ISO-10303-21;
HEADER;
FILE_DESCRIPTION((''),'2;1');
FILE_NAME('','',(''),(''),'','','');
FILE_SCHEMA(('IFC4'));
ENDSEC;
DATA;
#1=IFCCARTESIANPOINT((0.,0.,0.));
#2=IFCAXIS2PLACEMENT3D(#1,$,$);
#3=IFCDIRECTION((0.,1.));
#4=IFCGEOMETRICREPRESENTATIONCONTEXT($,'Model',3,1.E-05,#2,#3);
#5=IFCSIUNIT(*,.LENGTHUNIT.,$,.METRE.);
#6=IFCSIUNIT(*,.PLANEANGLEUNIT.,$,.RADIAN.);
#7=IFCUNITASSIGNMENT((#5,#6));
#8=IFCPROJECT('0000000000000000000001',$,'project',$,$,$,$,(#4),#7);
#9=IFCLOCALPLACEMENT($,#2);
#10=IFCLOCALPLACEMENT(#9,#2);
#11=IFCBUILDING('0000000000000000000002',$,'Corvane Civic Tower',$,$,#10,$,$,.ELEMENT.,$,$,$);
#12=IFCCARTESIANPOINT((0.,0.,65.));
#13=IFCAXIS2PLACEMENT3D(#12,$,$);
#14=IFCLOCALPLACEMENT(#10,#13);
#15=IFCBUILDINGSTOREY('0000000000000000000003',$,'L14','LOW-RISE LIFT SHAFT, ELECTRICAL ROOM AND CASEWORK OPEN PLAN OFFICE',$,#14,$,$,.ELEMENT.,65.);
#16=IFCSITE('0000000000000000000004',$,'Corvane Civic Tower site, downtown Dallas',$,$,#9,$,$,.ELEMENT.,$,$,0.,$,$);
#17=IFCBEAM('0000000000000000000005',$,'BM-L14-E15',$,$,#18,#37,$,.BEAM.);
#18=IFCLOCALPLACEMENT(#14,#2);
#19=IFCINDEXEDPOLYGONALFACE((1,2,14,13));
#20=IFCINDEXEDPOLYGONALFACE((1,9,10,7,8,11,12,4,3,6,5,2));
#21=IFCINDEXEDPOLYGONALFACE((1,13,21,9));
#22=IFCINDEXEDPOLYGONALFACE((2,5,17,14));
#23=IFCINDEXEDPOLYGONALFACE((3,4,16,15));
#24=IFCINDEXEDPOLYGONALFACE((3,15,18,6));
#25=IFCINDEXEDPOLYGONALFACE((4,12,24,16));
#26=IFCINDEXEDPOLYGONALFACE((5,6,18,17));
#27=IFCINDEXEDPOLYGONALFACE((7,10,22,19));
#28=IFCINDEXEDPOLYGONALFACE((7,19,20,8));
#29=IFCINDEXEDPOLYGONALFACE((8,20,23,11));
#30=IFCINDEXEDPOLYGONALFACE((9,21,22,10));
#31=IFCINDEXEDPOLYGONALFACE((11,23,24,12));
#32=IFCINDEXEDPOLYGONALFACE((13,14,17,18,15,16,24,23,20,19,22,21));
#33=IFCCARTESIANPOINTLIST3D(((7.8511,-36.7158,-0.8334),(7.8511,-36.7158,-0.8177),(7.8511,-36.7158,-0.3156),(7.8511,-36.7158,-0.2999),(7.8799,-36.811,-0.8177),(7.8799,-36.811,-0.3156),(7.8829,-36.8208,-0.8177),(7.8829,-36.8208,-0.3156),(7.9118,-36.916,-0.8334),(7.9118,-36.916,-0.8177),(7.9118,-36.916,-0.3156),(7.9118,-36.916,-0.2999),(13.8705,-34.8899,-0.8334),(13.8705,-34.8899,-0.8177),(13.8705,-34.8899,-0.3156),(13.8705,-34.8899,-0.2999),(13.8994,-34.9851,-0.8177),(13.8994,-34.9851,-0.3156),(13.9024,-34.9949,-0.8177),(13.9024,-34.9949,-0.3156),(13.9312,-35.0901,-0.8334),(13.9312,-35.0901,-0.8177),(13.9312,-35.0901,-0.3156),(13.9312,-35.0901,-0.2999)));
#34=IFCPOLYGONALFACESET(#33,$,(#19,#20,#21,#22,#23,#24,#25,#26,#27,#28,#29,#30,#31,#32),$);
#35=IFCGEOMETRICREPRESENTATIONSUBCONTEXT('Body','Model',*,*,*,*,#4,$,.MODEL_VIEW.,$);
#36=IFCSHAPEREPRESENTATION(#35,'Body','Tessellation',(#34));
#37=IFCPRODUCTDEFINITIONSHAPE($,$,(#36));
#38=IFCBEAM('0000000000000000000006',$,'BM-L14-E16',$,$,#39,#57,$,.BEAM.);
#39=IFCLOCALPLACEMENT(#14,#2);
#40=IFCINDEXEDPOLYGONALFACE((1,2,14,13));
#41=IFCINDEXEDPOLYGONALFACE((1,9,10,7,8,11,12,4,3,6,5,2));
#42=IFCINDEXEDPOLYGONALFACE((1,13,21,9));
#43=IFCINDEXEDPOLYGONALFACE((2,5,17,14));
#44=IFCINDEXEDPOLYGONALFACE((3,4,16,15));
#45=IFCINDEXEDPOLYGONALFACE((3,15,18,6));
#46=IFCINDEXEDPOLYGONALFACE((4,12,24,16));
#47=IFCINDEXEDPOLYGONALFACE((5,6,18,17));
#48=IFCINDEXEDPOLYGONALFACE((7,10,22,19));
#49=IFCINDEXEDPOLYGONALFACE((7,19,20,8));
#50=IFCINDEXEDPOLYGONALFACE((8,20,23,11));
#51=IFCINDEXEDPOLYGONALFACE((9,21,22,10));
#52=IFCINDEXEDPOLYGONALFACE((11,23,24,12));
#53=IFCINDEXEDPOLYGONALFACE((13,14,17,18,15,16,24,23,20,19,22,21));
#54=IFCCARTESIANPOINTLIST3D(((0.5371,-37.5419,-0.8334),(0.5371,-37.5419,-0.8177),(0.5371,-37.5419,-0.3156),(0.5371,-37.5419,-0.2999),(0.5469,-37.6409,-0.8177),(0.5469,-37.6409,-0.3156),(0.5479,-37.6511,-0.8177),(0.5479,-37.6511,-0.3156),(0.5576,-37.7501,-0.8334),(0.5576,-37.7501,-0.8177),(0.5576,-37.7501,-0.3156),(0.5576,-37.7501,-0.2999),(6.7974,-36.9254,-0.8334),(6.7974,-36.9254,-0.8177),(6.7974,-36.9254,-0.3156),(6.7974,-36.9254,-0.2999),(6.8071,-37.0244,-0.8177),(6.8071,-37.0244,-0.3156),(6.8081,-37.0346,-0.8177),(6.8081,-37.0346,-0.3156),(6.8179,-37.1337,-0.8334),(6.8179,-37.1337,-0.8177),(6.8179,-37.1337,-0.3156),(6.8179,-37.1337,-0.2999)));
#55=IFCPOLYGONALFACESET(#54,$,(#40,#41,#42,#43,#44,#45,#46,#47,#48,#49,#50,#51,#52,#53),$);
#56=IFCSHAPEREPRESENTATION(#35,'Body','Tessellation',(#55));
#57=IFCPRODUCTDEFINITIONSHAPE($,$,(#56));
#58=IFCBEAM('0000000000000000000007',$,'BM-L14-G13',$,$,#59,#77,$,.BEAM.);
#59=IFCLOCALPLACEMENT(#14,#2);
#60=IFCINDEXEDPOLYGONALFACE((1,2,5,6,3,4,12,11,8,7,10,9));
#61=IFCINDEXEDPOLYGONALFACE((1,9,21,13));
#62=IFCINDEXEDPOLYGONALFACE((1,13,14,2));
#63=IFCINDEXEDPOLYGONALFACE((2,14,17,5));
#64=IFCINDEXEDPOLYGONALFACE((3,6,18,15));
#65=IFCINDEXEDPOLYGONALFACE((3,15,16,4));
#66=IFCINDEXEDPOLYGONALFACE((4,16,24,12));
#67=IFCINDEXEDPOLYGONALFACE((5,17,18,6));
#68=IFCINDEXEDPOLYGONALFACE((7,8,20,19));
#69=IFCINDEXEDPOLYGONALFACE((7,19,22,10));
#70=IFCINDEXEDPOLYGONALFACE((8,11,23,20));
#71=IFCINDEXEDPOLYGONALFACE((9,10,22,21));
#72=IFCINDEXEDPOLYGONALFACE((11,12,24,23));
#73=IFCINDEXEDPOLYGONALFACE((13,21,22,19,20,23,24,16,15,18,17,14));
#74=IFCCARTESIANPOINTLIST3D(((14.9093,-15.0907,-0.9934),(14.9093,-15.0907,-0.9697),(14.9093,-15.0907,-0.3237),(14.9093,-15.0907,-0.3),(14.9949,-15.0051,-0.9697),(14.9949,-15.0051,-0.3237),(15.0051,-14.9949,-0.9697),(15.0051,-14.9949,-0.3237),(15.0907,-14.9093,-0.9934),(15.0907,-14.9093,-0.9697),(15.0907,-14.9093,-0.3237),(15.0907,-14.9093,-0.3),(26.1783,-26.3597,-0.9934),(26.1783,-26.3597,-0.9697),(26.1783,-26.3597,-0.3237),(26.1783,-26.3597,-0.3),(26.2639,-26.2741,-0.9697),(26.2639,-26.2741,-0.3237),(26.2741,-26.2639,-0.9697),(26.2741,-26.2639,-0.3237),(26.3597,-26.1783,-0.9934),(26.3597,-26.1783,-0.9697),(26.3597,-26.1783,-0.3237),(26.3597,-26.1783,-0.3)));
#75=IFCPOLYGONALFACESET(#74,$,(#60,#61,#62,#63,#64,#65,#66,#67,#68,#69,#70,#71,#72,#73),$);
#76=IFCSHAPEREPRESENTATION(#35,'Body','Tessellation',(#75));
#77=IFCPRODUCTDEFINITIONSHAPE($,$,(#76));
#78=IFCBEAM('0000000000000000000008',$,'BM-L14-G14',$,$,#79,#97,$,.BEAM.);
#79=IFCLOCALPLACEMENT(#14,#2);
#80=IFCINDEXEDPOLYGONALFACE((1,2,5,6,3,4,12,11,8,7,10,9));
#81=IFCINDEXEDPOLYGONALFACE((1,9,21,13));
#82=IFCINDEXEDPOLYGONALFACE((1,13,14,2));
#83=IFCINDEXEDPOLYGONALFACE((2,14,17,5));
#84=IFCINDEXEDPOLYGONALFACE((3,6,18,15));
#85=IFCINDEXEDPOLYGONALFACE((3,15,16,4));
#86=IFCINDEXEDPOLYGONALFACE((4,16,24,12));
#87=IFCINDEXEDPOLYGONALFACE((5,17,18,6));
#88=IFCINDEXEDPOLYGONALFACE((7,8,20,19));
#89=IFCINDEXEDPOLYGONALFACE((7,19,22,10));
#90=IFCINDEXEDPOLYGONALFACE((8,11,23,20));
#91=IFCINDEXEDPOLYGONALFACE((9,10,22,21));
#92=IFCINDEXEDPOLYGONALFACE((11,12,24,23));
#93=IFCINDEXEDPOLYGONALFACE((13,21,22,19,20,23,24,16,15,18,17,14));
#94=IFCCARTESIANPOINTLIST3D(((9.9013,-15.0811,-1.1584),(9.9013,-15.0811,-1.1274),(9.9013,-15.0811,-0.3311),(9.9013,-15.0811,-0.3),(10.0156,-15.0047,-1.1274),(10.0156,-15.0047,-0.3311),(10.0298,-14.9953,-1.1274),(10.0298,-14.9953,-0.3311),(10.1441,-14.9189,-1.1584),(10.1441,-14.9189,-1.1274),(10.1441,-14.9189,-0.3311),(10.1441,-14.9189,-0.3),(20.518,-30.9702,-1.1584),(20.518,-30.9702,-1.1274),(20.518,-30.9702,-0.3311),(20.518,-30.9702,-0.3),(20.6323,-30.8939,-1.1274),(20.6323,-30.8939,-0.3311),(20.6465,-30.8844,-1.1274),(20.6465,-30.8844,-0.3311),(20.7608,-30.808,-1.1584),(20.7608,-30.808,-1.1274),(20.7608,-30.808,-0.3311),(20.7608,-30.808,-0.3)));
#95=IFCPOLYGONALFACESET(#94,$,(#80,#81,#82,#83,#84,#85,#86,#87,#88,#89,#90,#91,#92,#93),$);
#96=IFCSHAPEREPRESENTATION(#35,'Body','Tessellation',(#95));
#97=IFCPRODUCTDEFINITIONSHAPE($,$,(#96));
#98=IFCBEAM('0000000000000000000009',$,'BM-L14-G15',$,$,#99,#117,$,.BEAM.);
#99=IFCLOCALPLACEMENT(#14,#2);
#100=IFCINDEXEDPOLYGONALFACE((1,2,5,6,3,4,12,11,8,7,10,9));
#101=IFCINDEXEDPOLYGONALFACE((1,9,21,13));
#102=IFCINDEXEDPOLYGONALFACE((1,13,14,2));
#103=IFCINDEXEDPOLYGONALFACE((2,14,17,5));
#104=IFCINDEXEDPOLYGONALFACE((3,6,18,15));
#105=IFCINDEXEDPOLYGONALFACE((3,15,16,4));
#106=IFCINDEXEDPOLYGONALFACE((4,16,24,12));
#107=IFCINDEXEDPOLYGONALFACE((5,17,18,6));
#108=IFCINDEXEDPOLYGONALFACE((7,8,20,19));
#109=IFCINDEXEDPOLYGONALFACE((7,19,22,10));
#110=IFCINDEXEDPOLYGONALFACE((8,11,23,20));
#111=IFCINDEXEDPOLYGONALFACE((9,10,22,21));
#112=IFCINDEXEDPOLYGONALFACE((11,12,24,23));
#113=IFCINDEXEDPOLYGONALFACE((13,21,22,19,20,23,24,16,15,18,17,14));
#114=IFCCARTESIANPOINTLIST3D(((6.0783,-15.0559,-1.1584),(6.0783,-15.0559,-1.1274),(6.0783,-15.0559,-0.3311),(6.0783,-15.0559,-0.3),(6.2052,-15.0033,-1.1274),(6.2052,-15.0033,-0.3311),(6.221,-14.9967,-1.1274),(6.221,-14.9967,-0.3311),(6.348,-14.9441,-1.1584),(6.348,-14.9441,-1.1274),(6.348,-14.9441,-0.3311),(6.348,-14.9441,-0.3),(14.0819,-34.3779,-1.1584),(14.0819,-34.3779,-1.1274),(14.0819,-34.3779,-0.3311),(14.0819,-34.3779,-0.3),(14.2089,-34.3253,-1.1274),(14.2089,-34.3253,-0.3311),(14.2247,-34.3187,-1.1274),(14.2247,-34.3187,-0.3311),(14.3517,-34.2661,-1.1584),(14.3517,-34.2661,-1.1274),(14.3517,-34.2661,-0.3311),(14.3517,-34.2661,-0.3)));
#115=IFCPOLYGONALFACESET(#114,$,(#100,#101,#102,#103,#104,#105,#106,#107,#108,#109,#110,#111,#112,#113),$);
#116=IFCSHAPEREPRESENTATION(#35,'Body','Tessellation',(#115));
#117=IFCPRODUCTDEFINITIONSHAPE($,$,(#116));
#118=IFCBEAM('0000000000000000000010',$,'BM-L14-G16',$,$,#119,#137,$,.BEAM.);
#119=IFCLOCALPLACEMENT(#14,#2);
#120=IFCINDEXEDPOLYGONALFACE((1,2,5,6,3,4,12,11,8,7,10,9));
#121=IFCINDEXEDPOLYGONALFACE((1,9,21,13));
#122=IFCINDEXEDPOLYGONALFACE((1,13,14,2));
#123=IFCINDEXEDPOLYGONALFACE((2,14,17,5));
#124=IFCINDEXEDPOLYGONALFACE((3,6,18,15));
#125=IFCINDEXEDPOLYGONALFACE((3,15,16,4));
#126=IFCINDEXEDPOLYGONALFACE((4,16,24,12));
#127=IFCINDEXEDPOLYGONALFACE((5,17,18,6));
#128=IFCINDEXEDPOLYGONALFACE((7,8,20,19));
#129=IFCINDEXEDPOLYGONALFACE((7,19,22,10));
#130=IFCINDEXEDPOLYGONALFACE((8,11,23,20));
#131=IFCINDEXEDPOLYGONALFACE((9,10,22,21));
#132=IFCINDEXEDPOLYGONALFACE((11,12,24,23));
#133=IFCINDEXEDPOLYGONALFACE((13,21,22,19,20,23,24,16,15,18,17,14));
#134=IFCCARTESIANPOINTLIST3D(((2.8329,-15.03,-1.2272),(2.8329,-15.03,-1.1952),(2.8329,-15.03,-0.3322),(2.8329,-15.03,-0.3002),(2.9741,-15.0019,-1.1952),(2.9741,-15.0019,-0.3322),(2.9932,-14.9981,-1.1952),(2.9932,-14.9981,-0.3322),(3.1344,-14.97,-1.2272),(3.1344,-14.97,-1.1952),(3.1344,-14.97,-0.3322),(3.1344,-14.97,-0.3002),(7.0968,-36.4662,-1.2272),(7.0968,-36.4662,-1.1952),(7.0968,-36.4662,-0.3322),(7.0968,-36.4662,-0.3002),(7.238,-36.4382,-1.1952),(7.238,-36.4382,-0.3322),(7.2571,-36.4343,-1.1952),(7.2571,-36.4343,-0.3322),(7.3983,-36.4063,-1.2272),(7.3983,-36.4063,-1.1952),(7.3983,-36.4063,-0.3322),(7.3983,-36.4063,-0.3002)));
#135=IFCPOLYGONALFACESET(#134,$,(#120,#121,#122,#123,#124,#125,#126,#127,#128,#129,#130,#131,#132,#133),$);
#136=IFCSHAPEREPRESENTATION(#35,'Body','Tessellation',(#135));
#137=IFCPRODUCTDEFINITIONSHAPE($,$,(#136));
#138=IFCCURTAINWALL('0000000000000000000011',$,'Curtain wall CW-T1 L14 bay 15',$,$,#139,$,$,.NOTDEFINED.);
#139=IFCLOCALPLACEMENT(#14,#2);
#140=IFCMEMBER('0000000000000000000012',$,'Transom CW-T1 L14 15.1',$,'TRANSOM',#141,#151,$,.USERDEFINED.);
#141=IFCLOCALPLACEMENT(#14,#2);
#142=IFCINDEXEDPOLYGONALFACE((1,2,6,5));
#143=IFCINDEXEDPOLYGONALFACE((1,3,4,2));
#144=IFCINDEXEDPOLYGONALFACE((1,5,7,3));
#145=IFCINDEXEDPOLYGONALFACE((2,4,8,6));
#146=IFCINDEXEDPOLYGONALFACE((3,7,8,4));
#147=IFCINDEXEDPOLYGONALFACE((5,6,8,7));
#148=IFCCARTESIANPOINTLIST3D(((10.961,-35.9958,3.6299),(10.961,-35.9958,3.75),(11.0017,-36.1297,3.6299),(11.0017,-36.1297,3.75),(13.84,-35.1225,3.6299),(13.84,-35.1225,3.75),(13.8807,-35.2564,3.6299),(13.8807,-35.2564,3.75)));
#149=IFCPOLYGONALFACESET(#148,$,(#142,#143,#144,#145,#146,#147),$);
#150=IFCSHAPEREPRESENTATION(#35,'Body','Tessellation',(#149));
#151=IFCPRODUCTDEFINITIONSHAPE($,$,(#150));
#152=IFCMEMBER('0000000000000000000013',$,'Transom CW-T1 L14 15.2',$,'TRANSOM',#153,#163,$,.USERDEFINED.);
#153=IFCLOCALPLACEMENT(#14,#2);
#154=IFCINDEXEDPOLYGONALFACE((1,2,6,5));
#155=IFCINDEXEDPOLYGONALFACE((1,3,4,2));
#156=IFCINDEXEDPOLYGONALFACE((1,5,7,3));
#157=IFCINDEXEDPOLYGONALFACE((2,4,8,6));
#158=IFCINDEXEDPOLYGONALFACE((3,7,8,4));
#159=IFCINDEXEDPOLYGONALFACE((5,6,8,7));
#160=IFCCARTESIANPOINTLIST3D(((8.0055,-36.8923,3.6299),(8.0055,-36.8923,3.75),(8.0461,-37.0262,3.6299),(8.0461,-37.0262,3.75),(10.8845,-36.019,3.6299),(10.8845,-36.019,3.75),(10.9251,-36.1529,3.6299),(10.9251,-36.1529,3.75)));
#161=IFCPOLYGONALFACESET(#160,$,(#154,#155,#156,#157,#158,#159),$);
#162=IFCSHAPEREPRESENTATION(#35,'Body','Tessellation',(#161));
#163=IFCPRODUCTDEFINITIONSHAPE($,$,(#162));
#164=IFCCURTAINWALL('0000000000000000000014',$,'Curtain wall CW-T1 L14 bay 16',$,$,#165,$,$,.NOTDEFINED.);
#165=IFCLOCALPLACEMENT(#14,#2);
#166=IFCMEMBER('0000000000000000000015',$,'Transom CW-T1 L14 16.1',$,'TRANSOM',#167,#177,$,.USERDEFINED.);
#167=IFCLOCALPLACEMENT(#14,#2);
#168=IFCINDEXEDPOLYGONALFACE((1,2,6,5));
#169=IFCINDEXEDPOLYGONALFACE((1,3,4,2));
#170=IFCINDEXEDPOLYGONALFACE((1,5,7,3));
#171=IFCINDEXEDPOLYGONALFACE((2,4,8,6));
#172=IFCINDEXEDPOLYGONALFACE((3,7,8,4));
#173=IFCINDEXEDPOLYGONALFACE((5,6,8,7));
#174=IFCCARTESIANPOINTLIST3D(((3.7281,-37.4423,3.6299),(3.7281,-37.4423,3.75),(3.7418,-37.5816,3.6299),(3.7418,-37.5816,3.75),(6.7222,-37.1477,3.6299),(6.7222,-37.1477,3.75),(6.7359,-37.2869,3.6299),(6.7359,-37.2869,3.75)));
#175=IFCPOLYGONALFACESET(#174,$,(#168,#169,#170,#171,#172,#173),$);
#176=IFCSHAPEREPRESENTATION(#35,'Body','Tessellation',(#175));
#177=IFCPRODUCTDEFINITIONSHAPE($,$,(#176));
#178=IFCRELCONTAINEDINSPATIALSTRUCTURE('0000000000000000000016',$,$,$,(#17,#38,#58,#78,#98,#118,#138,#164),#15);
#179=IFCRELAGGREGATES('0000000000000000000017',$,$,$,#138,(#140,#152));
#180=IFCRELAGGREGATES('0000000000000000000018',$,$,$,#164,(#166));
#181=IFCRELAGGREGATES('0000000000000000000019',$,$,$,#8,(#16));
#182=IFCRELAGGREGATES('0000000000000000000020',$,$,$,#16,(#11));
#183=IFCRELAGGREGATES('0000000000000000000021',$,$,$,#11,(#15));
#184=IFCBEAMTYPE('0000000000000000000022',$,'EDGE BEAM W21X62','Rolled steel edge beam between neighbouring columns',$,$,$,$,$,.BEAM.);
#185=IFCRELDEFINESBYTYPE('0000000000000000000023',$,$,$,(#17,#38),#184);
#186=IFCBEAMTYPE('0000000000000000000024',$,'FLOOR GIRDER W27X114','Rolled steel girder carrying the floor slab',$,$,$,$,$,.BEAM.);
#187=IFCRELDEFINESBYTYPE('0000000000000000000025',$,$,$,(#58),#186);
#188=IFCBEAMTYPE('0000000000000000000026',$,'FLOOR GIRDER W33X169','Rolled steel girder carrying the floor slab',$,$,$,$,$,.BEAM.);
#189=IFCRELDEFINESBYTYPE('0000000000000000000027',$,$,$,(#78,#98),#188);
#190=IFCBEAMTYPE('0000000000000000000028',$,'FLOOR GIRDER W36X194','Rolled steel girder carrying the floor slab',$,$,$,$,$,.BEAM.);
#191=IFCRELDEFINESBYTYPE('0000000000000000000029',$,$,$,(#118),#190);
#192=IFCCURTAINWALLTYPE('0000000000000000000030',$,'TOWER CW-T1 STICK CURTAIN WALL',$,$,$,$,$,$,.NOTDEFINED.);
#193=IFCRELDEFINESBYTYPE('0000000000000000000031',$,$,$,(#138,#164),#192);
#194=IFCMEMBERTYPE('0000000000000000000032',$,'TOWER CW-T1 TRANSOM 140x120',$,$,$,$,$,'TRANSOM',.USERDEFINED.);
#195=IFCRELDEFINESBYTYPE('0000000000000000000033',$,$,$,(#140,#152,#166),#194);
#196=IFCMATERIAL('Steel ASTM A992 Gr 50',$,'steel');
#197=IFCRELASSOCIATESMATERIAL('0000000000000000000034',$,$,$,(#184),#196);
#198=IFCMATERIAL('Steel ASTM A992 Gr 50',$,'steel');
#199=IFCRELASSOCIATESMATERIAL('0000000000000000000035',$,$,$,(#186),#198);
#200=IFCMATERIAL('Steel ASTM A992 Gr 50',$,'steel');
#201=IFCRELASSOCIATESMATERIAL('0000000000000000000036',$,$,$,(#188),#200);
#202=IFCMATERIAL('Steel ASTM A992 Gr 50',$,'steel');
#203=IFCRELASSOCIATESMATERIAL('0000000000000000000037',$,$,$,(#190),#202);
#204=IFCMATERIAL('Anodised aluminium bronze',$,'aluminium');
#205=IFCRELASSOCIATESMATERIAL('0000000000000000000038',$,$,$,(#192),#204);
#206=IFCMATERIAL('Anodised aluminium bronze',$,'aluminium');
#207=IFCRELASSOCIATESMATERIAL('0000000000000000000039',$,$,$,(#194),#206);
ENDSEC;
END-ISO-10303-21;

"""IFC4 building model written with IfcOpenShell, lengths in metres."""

from ifc_helpers import new_model, si_unit, direction, frame, origin, origin_2d, place, context, subcontext, project, spatial, rectangle, i_section, extrude, material, material_profile, profile_set, type_object, element, aggregate, save


model = new_model("IFC4")

# Units and contexts
model_context = context("Model", 3, precision=1e-05, world=origin(), true_north=direction((0.0, 1.0)))
body_context = subcontext(model_context, "Body", "Model", "MODEL_VIEW")
ifc_project = project(units=[si_unit("LENGTHUNIT", "METRE"), si_unit("PLANEANGLEUNIT", "RADIAN")], contexts=[model_context])

# Site, building, storey
site_placement = place(None, origin())
site = spatial("IfcSite", under=ifc_project, at=site_placement, Name="Corvane Civic Tower site, downtown Dallas", CompositionType="ELEMENT", RefElevation=0.0)
building_placement = place(site_placement, origin())
building = spatial("IfcBuilding", under=site, at=building_placement, Name="Corvane Civic Tower", CompositionType="ELEMENT")
storey_placement = place(building_placement, frame((0.0, 0.0, 65.0)))
storey = spatial("IfcBuildingStorey", under=building, at=storey_placement, Name="L14", Description="LOW-RISE LIFT SHAFT, ELECTRICAL ROOM AND CASEWORK OPEN PLAN OFFICE", CompositionType="ELEMENT", Elevation=65.0)

# Beams
ifc_material_1 = material(Name="Steel ASTM A992 Gr 50", Category="steel")
ifc_material_profile_1 = material_profile(ifc_material_1, i_section(OverallWidth=0.2092, OverallDepth=0.5334, WebThickness=0.0103, FlangeThickness=0.0156, at=origin_2d()), Name="W21X62")
ifc_profile_set_1 = profile_set([ifc_material_profile_1], Name="Steel ASTM A992 Gr 50")
beam_type_1 = type_object("IfcBeamType", Name="EDGE BEAM W21X62", Description="Rolled steel edge beam between neighbouring columns", PredefinedType="BEAM", material=ifc_profile_set_1)
beam_1_placement = place(storey_placement, frame((13.9009, -34.99, -0.5667), z_axis=(-0.956944, -0.290273, 0.0), x_axis=(0.290273, -0.956944, 0.0)))
element("IfcBeam", 1, at=beam_1_placement, inside=storey, type_object=beam_type_1, Name="BM-L14-E15", PredefinedType="BEAM", context=body_context, shape_type="SweptSolid", body=[
    extrude(i_section(OverallWidth=0.2092, OverallDepth=0.5334, WebThickness=0.0103, FlangeThickness=0.0156, at=origin_2d()), origin(), (0.0, 0.0, 1.0), 6.2903),
])
beam_2_placement = place(storey_placement, frame((6.8076, -37.0295, -0.5667), z_axis=(-0.995187, -0.097997, 0.0), x_axis=(0.097997, -0.995187, 0.0)))
element("IfcBeam", 2, at=beam_2_placement, inside=storey, type_object=beam_type_1, Name="BM-L14-E16", PredefinedType="BEAM", context=body_context, shape_type="SweptSolid", body=[
    extrude(i_section(OverallWidth=0.2092, OverallDepth=0.5334, WebThickness=0.0103, FlangeThickness=0.0156, at=origin_2d()), origin(), (0.0, 0.0, 1.0), 6.2905),
])
ifc_material_2 = material(Name="Steel ASTM A992 Gr 50", Category="steel")
ifc_material_profile_2 = material_profile(ifc_material_2, i_section(OverallWidth=0.2566, OverallDepth=0.6934, WebThickness=0.0144, FlangeThickness=0.0237, at=origin_2d()), Name="W27X114")
ifc_profile_set_2 = profile_set([ifc_material_profile_2], Name="Steel ASTM A992 Gr 50")
beam_type_2 = type_object("IfcBeamType", Name="FLOOR GIRDER W27X114", Description="Rolled steel girder carrying the floor slab", PredefinedType="BEAM", material=ifc_profile_set_2)
beam_3_placement = place(storey_placement, frame((15.0, -15.0, -0.6467), z_axis=(0.707107, -0.707107, 0.0), x_axis=(0.707107, 0.707107, 0.0)))
element("IfcBeam", 3, at=beam_3_placement, inside=storey, type_object=beam_type_2, Name="BM-L14-G13", PredefinedType="BEAM", context=body_context, shape_type="SweptSolid", body=[
    extrude(i_section(OverallWidth=0.2566, OverallDepth=0.6934, WebThickness=0.0144, FlangeThickness=0.0237, at=origin_2d()), origin(), (0.0, 0.0, 1.0), 15.9368),
])
ifc_material_3 = material(Name="Steel ASTM A992 Gr 50", Category="steel")
ifc_material_profile_3 = material_profile(ifc_material_3, i_section(OverallWidth=0.292, OverallDepth=0.8584, WebThickness=0.0171, FlangeThickness=0.031, at=origin_2d()), Name="W33X169")
ifc_profile_set_3 = profile_set([ifc_material_profile_3], Name="Steel ASTM A992 Gr 50")
beam_type_3 = type_object("IfcBeamType", Name="FLOOR GIRDER W33X169", Description="Rolled steel girder carrying the floor slab", PredefinedType="BEAM", material=ifc_profile_set_3)
beam_4_placement = place(storey_placement, frame((10.0227, -15.0, -0.7292), z_axis=(0.555567, -0.831472, 0.0), x_axis=(0.831472, 0.555567, 0.0)))
element("IfcBeam", 4, at=beam_4_placement, inside=storey, type_object=beam_type_3, Name="BM-L14-G14", PredefinedType="BEAM", context=body_context, shape_type="SweptSolid", body=[
    extrude(i_section(OverallWidth=0.292, OverallDepth=0.8584, WebThickness=0.0171, FlangeThickness=0.031, at=origin_2d()), origin(), (0.0, 0.0, 1.0), 19.1096),
])
beam_5_placement = place(storey_placement, frame((6.2131, -15.0, -0.7292), z_axis=(0.382692, -0.923876, 0.0), x_axis=(0.923876, 0.382692, 0.0)))
element("IfcBeam", 5, at=beam_5_placement, inside=storey, type_object=beam_type_3, Name="BM-L14-G15", PredefinedType="BEAM", context=body_context, shape_type="SweptSolid", body=[
    extrude(i_section(OverallWidth=0.292, OverallDepth=0.8584, WebThickness=0.0171, FlangeThickness=0.031, at=origin_2d()), origin(), (0.0, 0.0, 1.0), 20.9141),
])
ifc_material_4 = material(Name="Steel ASTM A992 Gr 50", Category="steel")
ifc_material_profile_4 = material_profile(ifc_material_4, i_section(OverallWidth=0.3074, OverallDepth=0.927, WebThickness=0.0195, FlangeThickness=0.032, at=origin_2d()), Name="W36X194")
ifc_profile_set_4 = profile_set([ifc_material_profile_4], Name="Steel ASTM A992 Gr 50")
beam_type_4 = type_object("IfcBeamType", Name="FLOOR GIRDER W36X194", Description="Rolled steel girder carrying the floor slab", PredefinedType="BEAM", material=ifc_profile_set_4)
beam_6_placement = place(storey_placement, frame((2.9836, -15.0, -0.7637), z_axis=(0.195089, -0.980785, 0.0), x_axis=(0.980785, 0.195089, 0.0)))
element("IfcBeam", 6, at=beam_6_placement, inside=storey, type_object=beam_type_4, Name="BM-L14-G16", PredefinedType="BEAM", context=body_context, shape_type="SweptSolid", body=[
    extrude(i_section(OverallWidth=0.3074, OverallDepth=0.927, WebThickness=0.0195, FlangeThickness=0.032, at=origin_2d()), origin(), (0.0, 0.0, 1.0), 21.8562),
])

# Curtain walls, members
ifc_material_5 = material(Name="Anodised aluminium bronze", Category="aluminium")
curtain_wall_type = type_object("IfcCurtainWallType", Name="TOWER CW-T1 STICK CURTAIN WALL", PredefinedType="NOTDEFINED", material=ifc_material_5)
curtain_wall_1_placement = place(storey_placement, origin())
curtain_wall_1 = element("IfcCurtainWall", 7, at=curtain_wall_1_placement, inside=storey, type_object=curtain_wall_type, Name="Curtain wall CW-T1 L14 bay 15", PredefinedType="NOTDEFINED")
ifc_material_6 = material(Name="Anodised aluminium bronze", Category="aluminium")
ifc_material_profile_5 = material_profile(ifc_material_6, rectangle(XDim=0.1399, YDim=0.1201, at=origin_2d()), Name="TOWER CW-T1 TRANSOM 140x120")
ifc_profile_set_5 = profile_set([ifc_material_profile_5], Name="Anodised aluminium bronze")
member_type_1 = type_object("IfcMemberType", Name="TOWER CW-T1 TRANSOM 140x120", ElementType="TRANSOM", PredefinedType="USERDEFINED", material=ifc_profile_set_5)
member_1_placement = place(storey_placement, frame((13.8604, -35.1895, 3.6899), z_axis=(-0.956942, -0.29028, 0.0), x_axis=(0.29028, -0.956942, 0.0)))
member_1 = element("IfcMember", 8, at=member_1_placement, type_object=member_type_1, Name="Transom CW-T1 L14 15.1", ObjectType="TRANSOM", PredefinedType="USERDEFINED", context=body_context, shape_type="SweptSolid", body=[
    extrude(rectangle(XDim=0.1399, YDim=0.1201, at=origin_2d()), origin(), (0.0, 0.0, 1.0), 3.0085),
])
member_2_placement = place(storey_placement, frame((10.9048, -36.0859, 3.6899), z_axis=(-0.956942, -0.29028, 0.0), x_axis=(0.29028, -0.956942, 0.0)))
member_2 = element("IfcMember", 9, at=member_2_placement, type_object=member_type_1, Name="Transom CW-T1 L14 15.2", ObjectType="TRANSOM", PredefinedType="USERDEFINED", context=body_context, shape_type="SweptSolid", body=[
    extrude(rectangle(XDim=0.1399, YDim=0.1201, at=origin_2d()), origin(), (0.0, 0.0, 1.0), 3.0085),
])
curtain_wall_2_placement = place(storey_placement, origin())
curtain_wall_2 = element("IfcCurtainWall", 10, at=curtain_wall_2_placement, inside=storey, type_object=curtain_wall_type, Name="Curtain wall CW-T1 L14 bay 16", PredefinedType="NOTDEFINED")
member_3_placement = place(storey_placement, frame((6.729, -37.2173, 3.6899), z_axis=(-0.995192, -0.097945, 0.0), x_axis=(0.097945, -0.995192, 0.0)))
member_3 = element("IfcMember", 11, at=member_3_placement, type_object=member_type_1, Name="Transom CW-T1 L14 16.1", ObjectType="TRANSOM", PredefinedType="USERDEFINED", context=body_context, shape_type="SweptSolid", body=[
    extrude(rectangle(XDim=0.1399, YDim=0.1201, at=origin_2d()), origin(), (0.0, 0.0, 1.0), 3.0085),
])

aggregate(curtain_wall_1, [member_1, member_2])
aggregate(curtain_wall_2, [member_3])

save(model, "model.ifc")
